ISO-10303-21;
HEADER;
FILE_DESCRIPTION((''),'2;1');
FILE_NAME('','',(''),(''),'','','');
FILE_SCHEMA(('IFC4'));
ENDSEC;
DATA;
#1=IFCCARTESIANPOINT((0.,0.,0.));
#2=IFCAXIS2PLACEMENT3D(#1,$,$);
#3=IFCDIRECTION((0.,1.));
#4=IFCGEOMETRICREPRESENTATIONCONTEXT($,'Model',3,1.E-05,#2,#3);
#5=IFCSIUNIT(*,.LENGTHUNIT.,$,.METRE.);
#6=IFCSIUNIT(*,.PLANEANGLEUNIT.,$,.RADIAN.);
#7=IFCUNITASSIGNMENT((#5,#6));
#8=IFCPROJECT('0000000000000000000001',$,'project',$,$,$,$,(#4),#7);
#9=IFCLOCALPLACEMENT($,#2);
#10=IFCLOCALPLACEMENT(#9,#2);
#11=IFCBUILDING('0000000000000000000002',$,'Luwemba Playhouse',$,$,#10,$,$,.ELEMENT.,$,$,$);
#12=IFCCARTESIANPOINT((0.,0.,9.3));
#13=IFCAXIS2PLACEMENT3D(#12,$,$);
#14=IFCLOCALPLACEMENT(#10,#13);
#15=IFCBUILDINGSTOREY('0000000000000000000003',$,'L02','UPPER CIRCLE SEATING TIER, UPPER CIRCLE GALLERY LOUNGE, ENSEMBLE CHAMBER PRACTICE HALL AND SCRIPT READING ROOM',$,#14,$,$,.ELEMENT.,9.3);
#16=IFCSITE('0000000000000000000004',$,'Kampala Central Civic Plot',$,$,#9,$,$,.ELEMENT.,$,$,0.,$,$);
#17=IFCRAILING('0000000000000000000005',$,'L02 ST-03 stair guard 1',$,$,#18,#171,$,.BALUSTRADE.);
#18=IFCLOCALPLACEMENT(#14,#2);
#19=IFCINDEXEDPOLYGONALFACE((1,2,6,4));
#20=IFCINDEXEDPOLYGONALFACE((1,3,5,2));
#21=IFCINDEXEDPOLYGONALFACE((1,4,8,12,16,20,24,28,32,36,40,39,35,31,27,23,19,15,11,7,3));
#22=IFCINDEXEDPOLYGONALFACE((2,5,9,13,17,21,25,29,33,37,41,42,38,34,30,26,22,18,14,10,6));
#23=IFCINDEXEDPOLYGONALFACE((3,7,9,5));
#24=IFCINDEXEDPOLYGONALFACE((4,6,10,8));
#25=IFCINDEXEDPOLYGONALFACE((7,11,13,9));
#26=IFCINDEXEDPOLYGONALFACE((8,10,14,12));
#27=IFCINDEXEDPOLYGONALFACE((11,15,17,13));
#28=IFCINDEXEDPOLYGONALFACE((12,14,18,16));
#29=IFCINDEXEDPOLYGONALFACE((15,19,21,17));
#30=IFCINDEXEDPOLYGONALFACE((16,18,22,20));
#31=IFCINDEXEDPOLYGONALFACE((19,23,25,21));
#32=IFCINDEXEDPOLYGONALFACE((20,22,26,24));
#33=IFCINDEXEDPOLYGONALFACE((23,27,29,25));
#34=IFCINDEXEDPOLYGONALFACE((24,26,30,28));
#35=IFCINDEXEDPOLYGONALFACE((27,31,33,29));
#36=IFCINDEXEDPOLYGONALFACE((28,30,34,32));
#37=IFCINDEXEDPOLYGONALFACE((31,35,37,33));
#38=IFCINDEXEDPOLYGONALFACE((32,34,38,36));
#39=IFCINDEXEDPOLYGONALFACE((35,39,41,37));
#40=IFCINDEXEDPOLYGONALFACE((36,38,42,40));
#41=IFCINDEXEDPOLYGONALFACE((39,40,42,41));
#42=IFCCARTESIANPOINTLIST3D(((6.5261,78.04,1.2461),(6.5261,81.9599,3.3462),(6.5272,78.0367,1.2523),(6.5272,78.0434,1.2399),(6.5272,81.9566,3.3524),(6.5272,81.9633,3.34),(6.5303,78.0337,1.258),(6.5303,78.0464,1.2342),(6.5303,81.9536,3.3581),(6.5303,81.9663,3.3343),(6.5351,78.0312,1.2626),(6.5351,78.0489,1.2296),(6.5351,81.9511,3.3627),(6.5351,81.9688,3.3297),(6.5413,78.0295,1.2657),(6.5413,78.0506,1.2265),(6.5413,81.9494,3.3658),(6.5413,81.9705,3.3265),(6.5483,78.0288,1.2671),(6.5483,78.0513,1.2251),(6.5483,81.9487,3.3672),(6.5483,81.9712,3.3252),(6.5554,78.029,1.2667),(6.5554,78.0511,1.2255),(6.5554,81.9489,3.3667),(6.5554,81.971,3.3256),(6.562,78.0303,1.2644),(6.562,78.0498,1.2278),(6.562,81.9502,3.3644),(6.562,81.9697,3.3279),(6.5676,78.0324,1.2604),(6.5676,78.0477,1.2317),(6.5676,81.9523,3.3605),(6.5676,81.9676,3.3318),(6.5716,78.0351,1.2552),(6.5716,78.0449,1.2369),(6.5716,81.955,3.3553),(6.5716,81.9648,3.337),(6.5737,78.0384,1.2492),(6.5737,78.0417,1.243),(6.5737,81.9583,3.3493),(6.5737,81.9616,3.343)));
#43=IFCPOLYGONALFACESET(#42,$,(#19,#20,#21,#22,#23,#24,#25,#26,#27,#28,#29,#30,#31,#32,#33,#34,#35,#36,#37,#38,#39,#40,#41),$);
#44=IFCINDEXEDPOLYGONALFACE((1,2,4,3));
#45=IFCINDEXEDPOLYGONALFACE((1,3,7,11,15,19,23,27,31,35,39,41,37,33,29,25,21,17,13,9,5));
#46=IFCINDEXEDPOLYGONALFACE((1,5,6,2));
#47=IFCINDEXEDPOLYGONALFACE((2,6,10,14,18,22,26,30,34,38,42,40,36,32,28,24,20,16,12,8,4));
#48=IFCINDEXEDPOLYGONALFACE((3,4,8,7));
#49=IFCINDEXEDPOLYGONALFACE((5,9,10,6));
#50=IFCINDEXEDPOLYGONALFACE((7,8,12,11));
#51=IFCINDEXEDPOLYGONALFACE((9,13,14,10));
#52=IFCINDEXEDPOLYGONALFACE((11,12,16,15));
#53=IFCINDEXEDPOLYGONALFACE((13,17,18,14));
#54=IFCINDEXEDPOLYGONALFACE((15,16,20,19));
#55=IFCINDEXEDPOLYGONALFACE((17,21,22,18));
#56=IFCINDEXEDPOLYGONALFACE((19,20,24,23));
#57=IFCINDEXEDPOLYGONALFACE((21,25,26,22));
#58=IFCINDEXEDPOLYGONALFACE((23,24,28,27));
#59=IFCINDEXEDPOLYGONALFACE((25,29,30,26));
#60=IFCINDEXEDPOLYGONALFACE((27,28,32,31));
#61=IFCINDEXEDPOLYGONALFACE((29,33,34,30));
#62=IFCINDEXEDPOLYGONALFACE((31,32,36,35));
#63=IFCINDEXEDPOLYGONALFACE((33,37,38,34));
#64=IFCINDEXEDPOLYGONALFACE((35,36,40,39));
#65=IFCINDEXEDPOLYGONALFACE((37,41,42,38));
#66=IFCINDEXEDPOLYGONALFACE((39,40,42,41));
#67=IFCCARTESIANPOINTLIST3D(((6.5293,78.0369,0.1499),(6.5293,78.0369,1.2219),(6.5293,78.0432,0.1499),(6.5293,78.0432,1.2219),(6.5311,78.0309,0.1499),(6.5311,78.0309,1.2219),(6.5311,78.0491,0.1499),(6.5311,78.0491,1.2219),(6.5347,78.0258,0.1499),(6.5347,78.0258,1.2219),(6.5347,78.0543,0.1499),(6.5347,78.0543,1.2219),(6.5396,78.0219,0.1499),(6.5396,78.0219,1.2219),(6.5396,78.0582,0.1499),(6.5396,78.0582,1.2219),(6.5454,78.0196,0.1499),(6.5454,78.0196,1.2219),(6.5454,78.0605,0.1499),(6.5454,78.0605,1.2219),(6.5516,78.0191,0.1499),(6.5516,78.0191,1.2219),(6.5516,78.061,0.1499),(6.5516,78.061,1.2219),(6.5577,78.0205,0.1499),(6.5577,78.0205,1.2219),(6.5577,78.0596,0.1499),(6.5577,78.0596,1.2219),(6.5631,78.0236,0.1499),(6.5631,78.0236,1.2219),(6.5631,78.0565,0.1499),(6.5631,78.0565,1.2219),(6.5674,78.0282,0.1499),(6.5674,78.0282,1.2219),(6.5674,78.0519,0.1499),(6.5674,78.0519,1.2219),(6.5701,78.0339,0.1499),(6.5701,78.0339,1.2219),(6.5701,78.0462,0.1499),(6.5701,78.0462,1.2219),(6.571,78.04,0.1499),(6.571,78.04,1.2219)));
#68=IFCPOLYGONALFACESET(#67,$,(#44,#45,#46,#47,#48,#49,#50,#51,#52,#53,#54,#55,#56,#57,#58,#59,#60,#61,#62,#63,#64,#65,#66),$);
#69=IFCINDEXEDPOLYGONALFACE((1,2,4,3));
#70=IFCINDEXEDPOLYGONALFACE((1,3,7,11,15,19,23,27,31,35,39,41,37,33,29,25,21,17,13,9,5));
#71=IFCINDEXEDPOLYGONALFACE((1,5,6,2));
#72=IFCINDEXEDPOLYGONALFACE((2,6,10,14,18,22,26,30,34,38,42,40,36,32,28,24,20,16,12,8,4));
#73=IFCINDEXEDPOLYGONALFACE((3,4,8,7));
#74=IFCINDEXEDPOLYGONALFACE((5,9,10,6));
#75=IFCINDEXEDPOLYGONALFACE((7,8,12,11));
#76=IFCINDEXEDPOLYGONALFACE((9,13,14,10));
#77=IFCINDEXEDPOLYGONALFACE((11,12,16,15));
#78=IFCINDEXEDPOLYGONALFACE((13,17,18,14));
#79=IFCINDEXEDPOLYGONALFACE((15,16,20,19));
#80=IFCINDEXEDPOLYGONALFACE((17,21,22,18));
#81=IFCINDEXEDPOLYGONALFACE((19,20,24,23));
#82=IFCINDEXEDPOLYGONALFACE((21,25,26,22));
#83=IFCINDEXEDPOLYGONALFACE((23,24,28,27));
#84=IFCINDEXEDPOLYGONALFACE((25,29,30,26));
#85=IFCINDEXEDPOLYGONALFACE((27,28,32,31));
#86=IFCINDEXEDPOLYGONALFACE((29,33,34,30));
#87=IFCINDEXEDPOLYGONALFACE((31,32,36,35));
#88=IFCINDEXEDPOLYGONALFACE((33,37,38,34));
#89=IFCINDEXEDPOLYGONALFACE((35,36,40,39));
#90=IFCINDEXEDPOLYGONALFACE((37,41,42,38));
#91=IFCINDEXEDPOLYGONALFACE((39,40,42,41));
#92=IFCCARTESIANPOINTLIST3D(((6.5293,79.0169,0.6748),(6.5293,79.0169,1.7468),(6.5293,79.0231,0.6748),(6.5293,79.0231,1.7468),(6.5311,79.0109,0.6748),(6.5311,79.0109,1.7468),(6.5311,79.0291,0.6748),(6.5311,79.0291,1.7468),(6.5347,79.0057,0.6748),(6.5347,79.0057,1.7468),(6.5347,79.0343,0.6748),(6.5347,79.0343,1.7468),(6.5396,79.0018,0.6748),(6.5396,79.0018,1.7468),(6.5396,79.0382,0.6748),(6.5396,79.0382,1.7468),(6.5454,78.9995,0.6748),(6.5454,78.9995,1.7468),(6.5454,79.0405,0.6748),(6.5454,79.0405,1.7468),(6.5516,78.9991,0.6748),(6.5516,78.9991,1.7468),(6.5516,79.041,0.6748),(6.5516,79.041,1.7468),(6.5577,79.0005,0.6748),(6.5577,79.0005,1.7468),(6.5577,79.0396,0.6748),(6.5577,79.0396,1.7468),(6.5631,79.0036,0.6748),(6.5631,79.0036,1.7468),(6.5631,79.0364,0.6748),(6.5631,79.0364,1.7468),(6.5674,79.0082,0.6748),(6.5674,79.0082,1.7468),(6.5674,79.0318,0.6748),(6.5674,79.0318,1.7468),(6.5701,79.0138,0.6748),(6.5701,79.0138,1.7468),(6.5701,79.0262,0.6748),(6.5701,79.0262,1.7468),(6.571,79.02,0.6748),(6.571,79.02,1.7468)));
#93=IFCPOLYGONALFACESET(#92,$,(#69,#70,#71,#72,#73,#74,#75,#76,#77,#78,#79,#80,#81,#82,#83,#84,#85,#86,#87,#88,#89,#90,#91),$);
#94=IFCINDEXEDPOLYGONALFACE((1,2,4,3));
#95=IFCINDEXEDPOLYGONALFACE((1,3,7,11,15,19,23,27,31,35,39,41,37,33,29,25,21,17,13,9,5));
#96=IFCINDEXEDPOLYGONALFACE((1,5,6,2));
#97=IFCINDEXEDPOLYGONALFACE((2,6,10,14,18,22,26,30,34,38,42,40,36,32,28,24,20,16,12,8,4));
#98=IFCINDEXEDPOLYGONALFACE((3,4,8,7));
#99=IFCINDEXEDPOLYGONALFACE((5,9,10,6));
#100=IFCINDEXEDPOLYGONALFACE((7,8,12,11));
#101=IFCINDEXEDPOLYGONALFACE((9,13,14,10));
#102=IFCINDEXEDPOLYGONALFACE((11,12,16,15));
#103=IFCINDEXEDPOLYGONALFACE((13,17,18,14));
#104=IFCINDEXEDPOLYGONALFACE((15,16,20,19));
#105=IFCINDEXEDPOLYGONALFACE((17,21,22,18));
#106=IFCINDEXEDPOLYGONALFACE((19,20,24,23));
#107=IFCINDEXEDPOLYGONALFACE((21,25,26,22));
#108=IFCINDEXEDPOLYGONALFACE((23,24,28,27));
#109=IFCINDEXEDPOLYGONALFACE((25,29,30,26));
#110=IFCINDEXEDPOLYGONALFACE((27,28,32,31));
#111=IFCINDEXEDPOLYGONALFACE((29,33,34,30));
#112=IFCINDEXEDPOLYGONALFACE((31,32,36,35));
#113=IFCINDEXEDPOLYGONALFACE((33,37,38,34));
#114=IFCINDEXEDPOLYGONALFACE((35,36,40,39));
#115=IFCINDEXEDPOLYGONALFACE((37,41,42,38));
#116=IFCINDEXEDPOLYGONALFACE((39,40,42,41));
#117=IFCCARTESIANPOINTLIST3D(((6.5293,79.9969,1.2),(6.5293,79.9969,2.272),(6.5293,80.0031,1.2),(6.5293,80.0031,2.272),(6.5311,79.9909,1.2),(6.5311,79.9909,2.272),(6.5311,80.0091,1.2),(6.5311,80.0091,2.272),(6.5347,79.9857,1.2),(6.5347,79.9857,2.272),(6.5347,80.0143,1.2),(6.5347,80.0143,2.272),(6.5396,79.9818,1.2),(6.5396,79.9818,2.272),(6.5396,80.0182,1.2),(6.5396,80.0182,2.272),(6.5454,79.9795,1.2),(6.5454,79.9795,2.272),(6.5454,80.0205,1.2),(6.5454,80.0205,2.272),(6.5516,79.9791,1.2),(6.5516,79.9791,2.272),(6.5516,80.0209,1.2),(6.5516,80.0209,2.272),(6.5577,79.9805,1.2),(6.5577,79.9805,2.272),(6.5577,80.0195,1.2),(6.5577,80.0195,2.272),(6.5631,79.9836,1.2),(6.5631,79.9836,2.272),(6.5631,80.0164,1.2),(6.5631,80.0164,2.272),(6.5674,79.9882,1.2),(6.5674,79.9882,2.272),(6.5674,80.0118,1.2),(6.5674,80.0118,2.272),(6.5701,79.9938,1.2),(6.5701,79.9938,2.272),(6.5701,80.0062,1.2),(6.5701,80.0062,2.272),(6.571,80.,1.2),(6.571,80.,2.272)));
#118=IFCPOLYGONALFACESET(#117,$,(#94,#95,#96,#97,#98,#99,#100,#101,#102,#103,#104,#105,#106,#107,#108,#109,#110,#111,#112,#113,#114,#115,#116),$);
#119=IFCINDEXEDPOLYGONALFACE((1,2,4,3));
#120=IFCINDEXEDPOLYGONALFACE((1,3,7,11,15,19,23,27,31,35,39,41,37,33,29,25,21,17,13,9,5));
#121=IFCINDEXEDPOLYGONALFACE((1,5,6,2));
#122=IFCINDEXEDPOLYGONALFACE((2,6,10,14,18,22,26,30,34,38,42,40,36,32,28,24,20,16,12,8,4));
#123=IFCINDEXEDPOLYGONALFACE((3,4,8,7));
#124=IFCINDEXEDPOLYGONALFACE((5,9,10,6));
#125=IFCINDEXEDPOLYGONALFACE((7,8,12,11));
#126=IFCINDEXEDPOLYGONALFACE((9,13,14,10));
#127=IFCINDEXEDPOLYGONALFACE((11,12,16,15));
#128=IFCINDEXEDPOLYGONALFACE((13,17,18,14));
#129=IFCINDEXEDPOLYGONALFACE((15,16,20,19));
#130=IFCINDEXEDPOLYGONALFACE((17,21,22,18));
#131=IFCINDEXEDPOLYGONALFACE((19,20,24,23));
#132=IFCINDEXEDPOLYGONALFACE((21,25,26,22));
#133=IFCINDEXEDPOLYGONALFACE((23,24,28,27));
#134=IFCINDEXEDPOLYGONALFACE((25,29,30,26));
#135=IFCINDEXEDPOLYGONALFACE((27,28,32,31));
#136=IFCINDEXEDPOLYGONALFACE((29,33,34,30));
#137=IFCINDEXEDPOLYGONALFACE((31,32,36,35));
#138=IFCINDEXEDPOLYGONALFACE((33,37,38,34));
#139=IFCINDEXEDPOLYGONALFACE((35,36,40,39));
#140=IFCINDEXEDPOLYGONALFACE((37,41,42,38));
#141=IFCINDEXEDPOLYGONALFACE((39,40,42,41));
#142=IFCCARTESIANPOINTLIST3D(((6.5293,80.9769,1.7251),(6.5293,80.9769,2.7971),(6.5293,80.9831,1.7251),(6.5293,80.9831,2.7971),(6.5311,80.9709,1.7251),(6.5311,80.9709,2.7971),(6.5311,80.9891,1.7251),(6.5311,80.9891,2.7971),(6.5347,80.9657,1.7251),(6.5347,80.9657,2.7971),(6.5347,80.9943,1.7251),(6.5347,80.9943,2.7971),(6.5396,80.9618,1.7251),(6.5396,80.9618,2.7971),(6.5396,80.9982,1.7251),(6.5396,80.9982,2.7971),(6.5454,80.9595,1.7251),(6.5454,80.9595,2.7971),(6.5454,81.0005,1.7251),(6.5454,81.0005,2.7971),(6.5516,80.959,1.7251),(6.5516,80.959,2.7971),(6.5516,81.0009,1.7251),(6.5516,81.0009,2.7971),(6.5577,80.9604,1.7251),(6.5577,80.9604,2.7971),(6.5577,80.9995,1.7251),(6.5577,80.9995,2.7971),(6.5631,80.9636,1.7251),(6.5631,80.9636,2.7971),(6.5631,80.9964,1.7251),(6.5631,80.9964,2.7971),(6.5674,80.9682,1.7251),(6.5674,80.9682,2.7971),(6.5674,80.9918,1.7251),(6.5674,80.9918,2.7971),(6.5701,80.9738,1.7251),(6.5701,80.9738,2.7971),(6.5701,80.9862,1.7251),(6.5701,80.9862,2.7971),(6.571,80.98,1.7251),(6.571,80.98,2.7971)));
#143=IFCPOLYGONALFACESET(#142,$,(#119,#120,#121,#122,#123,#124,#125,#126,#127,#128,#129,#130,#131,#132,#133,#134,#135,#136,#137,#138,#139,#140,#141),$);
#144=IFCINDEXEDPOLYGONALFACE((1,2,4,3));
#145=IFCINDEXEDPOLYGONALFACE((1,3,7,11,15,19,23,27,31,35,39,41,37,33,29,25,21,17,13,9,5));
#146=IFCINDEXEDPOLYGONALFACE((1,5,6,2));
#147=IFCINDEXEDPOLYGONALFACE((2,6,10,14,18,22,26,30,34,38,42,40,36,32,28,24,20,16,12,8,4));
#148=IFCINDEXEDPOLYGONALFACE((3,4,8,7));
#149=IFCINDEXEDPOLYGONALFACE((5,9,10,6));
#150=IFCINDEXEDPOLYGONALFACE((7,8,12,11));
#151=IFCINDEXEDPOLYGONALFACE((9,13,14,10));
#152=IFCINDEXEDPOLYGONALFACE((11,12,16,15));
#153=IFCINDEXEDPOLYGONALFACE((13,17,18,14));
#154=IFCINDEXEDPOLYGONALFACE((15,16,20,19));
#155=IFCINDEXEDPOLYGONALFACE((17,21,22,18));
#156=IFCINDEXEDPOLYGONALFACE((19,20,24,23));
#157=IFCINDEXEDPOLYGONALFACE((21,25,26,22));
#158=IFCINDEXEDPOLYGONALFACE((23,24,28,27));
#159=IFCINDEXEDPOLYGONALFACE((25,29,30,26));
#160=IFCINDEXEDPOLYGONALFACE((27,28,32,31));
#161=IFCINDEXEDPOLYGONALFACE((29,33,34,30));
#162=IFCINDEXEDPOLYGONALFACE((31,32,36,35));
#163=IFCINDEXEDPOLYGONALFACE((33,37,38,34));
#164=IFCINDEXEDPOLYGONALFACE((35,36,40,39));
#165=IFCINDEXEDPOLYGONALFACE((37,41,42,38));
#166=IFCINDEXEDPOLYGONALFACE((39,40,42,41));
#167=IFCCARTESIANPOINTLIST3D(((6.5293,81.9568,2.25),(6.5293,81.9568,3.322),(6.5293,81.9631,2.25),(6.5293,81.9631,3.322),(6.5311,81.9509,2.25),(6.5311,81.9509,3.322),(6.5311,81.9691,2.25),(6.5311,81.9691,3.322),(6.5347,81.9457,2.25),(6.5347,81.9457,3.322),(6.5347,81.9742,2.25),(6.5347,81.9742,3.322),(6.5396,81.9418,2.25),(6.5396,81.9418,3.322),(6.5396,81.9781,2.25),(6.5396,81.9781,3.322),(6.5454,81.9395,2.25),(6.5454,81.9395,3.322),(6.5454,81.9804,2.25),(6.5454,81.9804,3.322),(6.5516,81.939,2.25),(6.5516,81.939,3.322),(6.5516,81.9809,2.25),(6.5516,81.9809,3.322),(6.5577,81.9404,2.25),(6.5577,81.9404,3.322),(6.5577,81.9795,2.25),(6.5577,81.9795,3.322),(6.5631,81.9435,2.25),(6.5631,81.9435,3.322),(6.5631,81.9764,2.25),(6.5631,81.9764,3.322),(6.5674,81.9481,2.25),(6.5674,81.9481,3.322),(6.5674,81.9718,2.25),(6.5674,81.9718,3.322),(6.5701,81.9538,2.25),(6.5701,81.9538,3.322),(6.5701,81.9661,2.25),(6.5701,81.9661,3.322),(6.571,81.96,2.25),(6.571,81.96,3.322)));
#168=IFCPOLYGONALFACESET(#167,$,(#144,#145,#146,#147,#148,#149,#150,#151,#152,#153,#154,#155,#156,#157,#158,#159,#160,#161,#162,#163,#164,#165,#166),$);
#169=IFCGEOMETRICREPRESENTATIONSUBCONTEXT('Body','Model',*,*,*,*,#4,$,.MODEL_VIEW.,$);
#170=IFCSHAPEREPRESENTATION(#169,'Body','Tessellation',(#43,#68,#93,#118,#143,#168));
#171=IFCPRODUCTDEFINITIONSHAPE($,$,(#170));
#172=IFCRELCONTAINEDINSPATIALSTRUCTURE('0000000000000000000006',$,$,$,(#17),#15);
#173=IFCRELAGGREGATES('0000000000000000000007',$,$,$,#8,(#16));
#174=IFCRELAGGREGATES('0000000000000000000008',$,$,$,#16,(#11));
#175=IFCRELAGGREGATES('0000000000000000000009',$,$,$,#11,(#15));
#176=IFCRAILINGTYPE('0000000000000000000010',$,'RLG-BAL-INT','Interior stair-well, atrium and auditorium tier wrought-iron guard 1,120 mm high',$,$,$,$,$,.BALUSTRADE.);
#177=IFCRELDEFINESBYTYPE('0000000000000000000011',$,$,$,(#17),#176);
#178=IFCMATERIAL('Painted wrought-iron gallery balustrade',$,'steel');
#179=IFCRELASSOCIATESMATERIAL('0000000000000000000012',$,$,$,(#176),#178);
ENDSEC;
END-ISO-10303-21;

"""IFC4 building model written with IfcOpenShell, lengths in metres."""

from ifc_helpers import new_model, si_unit, direction, frame, origin, origin_2d, place, context, subcontext, project, spatial, circle, extrude, material, type_object, element, save


model = new_model("IFC4")

# Units and contexts
model_context = context("Model", 3, precision=1e-05, world=origin(), true_north=direction((0.0, 1.0)))
body_context = subcontext(model_context, "Body", "Model", "MODEL_VIEW")
ifc_project = project(units=[si_unit("LENGTHUNIT", "METRE"), si_unit("PLANEANGLEUNIT", "RADIAN")], contexts=[model_context])

# Site, building, storey
site_placement = place(None, origin())
site = spatial("IfcSite", under=ifc_project, at=site_placement, Name="Kampala Central Civic Plot", CompositionType="ELEMENT", RefElevation=0.0)
building_placement = place(site_placement, origin())
building = spatial("IfcBuilding", under=site, at=building_placement, Name="Luwemba Playhouse", CompositionType="ELEMENT")
storey_placement = place(building_placement, frame((0.0, 0.0, 9.3)))
storey = spatial("IfcBuildingStorey", under=building, at=storey_placement, Name="L02", Description="UPPER CIRCLE SEATING TIER, UPPER CIRCLE GALLERY LOUNGE, ENSEMBLE CHAMBER PRACTICE HALL AND SCRIPT READING ROOM", CompositionType="ELEMENT", Elevation=9.3)

# Railing
ifc_material_1 = material(Name="Painted wrought-iron gallery balustrade", Category="steel")
railing_type_1 = type_object("IfcRailingType", Name="RLG-BAL-INT", Description="Interior stair-well, atrium and auditorium tier wrought-iron guard 1,120 mm high", PredefinedType="BALUSTRADE", material=ifc_material_1)
railing_1_placement = place(storey_placement, frame((6.55, 78.04, 0.1499)))
element("IfcRailing", 1, at=railing_1_placement, inside=storey, type_object=railing_type_1, Name="L02 ST-03 stair guard 1", PredefinedType="BALUSTRADE", context=body_context, shape_type="SweptSolid", body=[
    extrude(circle(Radius=0.0239, at=origin_2d()), frame((0.0, 0.0, 1.0962), z_axis=(0.0, 0.881467, 0.472246), x_axis=(-1.0, 0.0, 0.0)), (0.0, 0.0, 1.0), 4.447),
    extrude(circle(Radius=0.021, at=origin_2d()), origin(), (0.0, 0.0, 1.0), 1.072),
    extrude(circle(Radius=0.021, at=origin_2d()), frame((0.0, 0.98, 0.5249)), (0.0, 0.0, 1.0), 1.072),
    extrude(circle(Radius=0.021, at=origin_2d()), frame((0.0, 1.96, 1.05)), (0.0, 0.0, 1.0), 1.072),
    extrude(circle(Radius=0.021, at=origin_2d()), frame((0.0, 2.9399, 1.5752)), (0.0, 0.0, 1.0), 1.072),
    extrude(circle(Radius=0.021, at=origin_2d()), frame((0.0, 3.9199, 2.1001)), (0.0, 0.0, 1.0), 1.072),
])

save(model, "model.ifc")
